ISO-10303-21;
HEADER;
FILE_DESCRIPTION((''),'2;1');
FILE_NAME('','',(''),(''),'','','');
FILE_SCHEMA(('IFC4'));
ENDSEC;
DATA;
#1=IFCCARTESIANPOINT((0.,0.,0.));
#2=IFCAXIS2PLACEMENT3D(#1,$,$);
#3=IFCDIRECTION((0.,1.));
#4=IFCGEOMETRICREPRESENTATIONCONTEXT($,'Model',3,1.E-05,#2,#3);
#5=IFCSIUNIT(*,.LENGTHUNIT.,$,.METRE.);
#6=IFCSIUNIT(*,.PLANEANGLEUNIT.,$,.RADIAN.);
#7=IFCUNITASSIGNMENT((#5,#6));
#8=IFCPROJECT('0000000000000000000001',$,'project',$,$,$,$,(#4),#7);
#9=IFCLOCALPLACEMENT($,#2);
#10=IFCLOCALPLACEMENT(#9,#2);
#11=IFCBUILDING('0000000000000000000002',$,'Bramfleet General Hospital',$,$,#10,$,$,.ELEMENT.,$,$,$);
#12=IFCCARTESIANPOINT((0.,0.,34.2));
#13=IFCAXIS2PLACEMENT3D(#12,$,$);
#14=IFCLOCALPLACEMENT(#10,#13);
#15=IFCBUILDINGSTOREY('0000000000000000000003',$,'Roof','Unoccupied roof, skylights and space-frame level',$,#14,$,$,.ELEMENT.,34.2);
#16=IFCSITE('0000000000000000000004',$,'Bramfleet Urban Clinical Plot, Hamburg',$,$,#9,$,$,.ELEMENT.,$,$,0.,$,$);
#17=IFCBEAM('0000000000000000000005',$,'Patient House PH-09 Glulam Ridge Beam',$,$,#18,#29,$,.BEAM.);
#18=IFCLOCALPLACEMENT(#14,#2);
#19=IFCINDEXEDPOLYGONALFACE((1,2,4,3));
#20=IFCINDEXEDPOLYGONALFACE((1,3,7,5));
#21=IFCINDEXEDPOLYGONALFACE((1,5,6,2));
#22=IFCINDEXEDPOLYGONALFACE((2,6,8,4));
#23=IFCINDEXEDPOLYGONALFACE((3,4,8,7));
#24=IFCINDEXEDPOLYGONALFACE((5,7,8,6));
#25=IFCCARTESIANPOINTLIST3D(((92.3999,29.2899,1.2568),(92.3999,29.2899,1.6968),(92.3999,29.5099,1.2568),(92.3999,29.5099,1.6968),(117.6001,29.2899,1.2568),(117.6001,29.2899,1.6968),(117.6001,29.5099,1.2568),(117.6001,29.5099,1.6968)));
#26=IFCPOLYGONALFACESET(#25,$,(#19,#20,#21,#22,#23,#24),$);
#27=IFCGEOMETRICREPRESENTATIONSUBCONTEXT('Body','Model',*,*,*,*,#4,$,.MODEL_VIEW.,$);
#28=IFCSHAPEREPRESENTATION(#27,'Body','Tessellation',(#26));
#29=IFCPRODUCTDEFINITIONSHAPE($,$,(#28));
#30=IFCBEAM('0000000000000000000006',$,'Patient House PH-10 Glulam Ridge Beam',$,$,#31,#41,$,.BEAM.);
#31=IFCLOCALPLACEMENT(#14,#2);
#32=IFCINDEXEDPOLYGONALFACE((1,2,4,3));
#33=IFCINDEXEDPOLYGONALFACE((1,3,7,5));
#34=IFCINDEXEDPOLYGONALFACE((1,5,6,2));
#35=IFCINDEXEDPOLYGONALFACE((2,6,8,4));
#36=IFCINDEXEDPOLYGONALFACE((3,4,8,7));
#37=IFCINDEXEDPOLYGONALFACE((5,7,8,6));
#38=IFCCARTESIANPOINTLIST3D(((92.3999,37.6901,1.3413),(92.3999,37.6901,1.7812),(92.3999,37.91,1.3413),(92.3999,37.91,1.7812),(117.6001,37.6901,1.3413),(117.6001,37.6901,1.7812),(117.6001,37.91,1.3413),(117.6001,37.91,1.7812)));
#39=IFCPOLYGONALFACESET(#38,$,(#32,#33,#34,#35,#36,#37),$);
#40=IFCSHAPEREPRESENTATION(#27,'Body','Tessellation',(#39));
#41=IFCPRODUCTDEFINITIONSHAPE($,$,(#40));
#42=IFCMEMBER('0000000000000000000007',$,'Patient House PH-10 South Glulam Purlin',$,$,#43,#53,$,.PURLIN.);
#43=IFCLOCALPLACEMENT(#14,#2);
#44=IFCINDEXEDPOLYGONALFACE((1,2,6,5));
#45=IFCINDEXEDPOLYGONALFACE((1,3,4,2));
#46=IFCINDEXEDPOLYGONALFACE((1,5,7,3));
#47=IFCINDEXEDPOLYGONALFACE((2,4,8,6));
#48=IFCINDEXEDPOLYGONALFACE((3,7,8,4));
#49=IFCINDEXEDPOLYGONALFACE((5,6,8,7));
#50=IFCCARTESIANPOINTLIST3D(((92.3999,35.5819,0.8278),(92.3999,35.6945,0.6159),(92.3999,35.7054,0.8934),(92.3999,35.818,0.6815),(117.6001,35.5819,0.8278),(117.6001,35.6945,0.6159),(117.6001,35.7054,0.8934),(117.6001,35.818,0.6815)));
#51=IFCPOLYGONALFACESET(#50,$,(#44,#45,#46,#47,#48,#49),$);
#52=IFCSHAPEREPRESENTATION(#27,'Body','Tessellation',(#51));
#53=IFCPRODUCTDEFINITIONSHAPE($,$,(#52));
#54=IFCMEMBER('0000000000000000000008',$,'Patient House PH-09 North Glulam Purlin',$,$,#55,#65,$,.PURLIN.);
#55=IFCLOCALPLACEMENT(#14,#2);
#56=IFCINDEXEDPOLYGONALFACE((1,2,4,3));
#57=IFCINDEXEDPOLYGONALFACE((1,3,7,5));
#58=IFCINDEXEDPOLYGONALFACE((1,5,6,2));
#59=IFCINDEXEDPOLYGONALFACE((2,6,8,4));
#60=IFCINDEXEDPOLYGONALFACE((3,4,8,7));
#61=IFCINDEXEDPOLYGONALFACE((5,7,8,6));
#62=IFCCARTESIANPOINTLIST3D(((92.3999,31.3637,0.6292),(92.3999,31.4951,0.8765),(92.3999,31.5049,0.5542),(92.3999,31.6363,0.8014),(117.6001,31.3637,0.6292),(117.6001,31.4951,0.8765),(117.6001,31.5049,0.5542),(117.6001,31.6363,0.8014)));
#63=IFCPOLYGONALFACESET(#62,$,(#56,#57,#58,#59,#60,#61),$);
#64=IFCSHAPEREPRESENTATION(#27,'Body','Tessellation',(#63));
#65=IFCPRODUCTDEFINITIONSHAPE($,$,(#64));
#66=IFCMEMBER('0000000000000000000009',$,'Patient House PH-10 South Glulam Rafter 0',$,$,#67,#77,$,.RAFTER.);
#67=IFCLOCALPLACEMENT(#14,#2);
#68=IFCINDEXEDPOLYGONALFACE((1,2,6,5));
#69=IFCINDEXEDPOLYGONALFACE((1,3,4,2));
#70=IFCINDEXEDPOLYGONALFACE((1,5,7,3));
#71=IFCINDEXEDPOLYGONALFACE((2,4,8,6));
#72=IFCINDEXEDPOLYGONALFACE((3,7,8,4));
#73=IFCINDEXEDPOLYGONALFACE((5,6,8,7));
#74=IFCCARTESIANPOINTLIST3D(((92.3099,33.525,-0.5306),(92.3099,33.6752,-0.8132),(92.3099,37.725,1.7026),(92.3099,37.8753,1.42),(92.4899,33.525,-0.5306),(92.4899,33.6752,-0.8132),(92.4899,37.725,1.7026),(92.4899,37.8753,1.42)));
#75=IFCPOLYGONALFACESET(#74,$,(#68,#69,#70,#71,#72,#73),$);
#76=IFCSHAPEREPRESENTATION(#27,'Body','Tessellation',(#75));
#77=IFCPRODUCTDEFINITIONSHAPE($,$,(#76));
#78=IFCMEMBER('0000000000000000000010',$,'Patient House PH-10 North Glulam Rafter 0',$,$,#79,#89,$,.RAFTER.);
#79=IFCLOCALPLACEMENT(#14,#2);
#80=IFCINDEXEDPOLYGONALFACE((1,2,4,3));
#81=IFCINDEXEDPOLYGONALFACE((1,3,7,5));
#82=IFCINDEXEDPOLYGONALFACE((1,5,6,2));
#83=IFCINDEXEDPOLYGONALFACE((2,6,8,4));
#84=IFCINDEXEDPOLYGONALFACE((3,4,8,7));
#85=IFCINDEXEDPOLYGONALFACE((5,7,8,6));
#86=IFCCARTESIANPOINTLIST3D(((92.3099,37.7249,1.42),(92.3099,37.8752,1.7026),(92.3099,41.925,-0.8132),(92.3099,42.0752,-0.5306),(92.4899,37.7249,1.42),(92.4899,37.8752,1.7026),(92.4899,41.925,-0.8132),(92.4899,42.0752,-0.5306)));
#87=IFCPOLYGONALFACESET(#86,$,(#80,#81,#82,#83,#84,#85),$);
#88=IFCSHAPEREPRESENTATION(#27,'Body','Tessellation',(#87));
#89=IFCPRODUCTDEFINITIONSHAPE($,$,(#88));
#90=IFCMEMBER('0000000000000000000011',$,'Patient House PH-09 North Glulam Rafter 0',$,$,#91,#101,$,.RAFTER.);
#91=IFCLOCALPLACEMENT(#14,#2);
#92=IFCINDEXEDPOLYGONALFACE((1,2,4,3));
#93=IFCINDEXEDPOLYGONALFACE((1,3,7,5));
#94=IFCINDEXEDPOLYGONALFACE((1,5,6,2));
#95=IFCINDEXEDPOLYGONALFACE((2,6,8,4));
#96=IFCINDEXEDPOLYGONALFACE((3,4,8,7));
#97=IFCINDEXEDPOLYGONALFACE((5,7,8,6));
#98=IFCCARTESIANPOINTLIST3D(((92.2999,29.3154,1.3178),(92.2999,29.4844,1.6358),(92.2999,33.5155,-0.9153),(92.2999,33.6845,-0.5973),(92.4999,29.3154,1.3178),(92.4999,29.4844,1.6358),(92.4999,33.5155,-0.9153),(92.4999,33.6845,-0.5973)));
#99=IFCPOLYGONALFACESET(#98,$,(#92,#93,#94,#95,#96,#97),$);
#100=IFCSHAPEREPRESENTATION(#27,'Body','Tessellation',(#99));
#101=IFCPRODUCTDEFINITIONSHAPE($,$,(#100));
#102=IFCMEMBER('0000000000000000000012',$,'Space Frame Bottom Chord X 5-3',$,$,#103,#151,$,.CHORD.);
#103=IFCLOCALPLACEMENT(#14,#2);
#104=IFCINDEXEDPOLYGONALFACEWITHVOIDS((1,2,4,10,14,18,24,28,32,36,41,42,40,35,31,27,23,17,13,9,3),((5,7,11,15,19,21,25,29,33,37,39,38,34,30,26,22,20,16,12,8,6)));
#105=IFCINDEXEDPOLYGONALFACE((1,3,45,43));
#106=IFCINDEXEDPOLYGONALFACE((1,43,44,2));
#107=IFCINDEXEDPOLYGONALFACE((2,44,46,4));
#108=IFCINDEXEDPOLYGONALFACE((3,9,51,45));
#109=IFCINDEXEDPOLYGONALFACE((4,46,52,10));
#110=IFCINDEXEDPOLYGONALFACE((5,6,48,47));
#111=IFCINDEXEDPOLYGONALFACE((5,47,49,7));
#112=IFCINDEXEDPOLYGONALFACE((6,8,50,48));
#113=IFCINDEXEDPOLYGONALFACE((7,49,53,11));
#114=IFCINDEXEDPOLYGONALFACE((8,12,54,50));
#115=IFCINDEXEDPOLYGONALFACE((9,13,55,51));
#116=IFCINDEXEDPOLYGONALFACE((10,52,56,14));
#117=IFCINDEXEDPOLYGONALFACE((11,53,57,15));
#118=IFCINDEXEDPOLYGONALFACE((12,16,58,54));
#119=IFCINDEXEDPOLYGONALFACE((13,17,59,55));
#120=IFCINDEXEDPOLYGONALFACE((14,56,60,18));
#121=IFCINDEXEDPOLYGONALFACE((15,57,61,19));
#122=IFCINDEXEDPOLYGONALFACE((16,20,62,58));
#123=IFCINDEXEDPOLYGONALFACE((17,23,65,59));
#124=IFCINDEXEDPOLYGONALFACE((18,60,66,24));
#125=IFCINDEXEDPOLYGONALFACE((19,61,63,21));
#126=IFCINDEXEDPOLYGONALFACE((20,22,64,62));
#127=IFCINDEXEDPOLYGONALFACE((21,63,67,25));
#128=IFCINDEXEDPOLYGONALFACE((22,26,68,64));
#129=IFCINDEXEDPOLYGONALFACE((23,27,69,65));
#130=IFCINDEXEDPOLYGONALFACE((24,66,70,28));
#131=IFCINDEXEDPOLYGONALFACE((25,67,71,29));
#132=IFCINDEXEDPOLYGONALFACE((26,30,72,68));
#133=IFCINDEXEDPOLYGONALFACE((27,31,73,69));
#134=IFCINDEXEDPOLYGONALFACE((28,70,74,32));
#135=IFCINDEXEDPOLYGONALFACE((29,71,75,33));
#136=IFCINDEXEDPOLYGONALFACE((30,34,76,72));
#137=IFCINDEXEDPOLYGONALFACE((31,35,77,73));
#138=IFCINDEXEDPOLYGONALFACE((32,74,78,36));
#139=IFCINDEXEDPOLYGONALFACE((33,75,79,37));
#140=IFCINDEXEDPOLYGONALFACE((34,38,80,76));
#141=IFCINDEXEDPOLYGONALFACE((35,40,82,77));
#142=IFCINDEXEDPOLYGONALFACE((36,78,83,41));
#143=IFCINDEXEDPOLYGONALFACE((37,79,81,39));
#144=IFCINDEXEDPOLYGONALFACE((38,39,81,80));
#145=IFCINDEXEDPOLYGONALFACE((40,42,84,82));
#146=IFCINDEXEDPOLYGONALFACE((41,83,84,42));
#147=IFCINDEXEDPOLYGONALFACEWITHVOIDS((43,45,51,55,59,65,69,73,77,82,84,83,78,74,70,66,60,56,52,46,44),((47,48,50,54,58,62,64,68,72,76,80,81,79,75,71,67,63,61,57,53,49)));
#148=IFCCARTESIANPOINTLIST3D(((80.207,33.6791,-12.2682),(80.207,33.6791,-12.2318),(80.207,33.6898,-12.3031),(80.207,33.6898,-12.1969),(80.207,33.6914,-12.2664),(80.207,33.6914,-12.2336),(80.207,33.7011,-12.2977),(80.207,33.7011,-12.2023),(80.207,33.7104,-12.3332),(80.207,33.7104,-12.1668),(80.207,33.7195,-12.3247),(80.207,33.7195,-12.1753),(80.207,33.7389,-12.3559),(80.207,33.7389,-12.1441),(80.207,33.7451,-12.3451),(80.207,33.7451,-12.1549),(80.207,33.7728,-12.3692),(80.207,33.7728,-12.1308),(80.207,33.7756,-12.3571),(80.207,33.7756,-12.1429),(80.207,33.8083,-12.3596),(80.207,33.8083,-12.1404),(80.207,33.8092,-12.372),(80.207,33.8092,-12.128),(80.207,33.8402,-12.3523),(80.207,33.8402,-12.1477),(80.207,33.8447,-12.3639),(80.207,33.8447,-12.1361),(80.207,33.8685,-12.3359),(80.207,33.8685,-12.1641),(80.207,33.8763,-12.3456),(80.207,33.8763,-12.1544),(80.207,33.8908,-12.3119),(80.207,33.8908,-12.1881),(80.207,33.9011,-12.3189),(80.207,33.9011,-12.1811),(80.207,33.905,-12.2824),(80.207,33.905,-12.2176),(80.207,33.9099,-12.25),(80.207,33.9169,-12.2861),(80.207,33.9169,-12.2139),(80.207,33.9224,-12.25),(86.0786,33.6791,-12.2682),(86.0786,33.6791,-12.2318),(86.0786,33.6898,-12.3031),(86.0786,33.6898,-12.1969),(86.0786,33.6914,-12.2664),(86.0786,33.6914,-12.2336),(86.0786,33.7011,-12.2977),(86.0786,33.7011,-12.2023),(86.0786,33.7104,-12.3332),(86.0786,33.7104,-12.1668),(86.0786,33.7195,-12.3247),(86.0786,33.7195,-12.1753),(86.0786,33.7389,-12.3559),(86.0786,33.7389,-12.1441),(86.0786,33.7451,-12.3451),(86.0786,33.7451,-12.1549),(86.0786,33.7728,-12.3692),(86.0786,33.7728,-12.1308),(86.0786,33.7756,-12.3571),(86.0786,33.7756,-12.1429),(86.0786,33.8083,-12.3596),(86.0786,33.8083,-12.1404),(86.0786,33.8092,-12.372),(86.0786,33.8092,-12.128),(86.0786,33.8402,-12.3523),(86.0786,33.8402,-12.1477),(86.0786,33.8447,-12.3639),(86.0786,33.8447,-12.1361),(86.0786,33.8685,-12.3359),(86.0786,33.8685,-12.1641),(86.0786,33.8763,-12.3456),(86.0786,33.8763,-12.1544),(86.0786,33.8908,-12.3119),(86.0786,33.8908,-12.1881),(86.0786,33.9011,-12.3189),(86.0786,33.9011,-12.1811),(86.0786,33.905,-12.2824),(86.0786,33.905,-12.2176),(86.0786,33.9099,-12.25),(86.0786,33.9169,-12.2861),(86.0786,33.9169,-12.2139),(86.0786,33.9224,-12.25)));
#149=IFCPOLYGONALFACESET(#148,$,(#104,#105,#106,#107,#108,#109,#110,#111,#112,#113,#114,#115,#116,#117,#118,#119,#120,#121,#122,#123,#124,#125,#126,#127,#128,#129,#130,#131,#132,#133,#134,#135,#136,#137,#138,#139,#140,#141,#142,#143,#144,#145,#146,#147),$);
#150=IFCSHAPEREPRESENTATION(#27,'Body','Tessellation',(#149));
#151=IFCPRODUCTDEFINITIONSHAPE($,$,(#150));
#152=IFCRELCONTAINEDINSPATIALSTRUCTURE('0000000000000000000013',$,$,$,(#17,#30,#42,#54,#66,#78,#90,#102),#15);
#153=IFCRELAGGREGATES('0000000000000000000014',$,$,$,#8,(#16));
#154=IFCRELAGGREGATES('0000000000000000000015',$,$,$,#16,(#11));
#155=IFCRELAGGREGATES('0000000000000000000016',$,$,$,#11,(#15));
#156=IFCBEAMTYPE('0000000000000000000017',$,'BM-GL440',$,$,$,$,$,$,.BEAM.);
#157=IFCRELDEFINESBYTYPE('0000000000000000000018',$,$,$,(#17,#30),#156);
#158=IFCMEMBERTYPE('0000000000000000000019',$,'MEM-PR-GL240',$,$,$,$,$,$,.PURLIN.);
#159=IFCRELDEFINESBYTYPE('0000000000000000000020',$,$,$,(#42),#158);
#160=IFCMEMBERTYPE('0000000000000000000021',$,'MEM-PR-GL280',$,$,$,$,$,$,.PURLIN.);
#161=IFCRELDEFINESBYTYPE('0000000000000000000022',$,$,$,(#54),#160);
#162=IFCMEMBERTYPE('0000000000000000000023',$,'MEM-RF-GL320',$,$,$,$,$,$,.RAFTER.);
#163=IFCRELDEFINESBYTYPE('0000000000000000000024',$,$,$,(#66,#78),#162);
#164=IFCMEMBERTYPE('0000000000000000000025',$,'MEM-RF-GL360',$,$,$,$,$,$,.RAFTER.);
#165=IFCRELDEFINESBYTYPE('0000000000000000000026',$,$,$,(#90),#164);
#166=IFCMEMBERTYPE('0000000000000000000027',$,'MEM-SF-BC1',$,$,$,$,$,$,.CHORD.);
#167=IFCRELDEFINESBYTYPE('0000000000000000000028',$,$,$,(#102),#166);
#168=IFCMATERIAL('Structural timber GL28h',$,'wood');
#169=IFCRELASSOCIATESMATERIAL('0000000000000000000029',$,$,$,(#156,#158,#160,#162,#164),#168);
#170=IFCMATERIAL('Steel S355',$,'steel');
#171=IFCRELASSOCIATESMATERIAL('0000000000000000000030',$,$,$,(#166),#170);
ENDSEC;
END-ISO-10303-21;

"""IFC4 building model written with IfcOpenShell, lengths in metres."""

from ifc_helpers import new_model, si_unit, direction, frame, origin, origin_2d, place, context, subcontext, project, spatial, rectangle, hollow_circle, extrude, material, material_profile, profile_set, type_object, element, save


model = new_model("IFC4")

# Units and contexts
model_context = context("Model", 3, precision=1e-05, world=origin(), true_north=direction((0.0, 1.0)))
body_context = subcontext(model_context, "Body", "Model", "MODEL_VIEW")
ifc_project = project(units=[si_unit("LENGTHUNIT", "METRE"), si_unit("PLANEANGLEUNIT", "RADIAN")], contexts=[model_context])

# Site, building, storey
site_placement = place(None, origin())
site = spatial("IfcSite", under=ifc_project, at=site_placement, Name="Bramfleet Urban Clinical Plot, Hamburg", CompositionType="ELEMENT", RefElevation=0.0)
building_placement = place(site_placement, origin())
building = spatial("IfcBuilding", under=site, at=building_placement, Name="Bramfleet General Hospital", CompositionType="ELEMENT")
storey_placement = place(building_placement, frame((0.0, 0.0, 34.2)))
storey = spatial("IfcBuildingStorey", under=building, at=storey_placement, Name="Roof", Description="Unoccupied roof, skylights and space-frame level", CompositionType="ELEMENT", Elevation=34.2)

# Beams
ifc_material_1 = material(Name="Structural timber GL28h", Category="wood")
ifc_material_profile_1 = material_profile(ifc_material_1, rectangle(XDim=0.22, YDim=0.4399, at=origin_2d()), Name="GL28h 440x220")
ifc_profile_set_1 = profile_set([ifc_material_profile_1], Name="Structural timber GL28h")
beam_type = type_object("IfcBeamType", Name="BM-GL440", PredefinedType="BEAM", material=ifc_profile_set_1)
for number, where, z_axis, x_axis, name in (
    (1, (92.3999, 29.3999, 1.4768), (1.0, 0.0, 0.0), (0.0, 1.0, 0.0), "Patient House PH-09 Glulam Ridge Beam"),
    (2, (92.3999, 37.8, 1.5613), (1.0, 0.0, 0.0), (0.0, 1.0, 0.0), "Patient House PH-10 Glulam Ridge Beam"),
):
    element("IfcBeam", number, at=place(storey_placement, frame(where, z_axis=z_axis, x_axis=x_axis)), inside=storey, type_object=beam_type, Name=name, PredefinedType="BEAM", context=body_context, shape_type="SweptSolid", body=[
        extrude(rectangle(XDim=0.22, YDim=0.4399, at=origin_2d()), origin(), (0.0, 0.0, 1.0), 25.2002),
    ])

# Members
ifc_material_profile_2 = material_profile(ifc_material_1, rectangle(XDim=0.1399, YDim=0.24, at=origin_2d()), Name="GL28h 240x140")
ifc_profile_set_2 = profile_set([ifc_material_profile_2], Name="Structural timber GL28h")
member_type_1 = type_object("IfcMemberType", Name="MEM-PR-GL240", PredefinedType="PURLIN", material=ifc_profile_set_2)
member_1_placement = place(storey_placement, frame((92.3999, 35.7, 0.7546), z_axis=(1.0, 0.0, 0.0), x_axis=(0.0, 0.882948, 0.469472)))
element("IfcMember", 3, at=member_1_placement, inside=storey, type_object=member_type_1, Name="Patient House PH-10 South Glulam Purlin", PredefinedType="PURLIN", context=body_context, shape_type="SweptSolid", body=[
    extrude(rectangle(XDim=0.1399, YDim=0.24, at=origin_2d()), origin(), (0.0, 0.0, 1.0), 25.2002),
])
ifc_material_profile_3 = material_profile(ifc_material_1, rectangle(XDim=0.1599, YDim=0.28, at=origin_2d()), Name="GL28h 280x160")
ifc_profile_set_3 = profile_set([ifc_material_profile_3], Name="Structural timber GL28h")
member_type_2 = type_object("IfcMemberType", Name="MEM-PR-GL280", PredefinedType="PURLIN", material=ifc_profile_set_3)
member_2_placement = place(storey_placement, frame((92.3999, 31.5, 0.7153), z_axis=(1.0, 0.0, 0.0), x_axis=(0.0, 0.882948, -0.469472)))
element("IfcMember", 4, at=member_2_placement, inside=storey, type_object=member_type_2, Name="Patient House PH-09 North Glulam Purlin", PredefinedType="PURLIN", context=body_context, shape_type="SweptSolid", body=[
    extrude(rectangle(XDim=0.1599, YDim=0.28, at=origin_2d()), origin(), (0.0, 0.0, 1.0), 25.2002),
])
ifc_material_profile_4 = material_profile(ifc_material_1, rectangle(XDim=0.1799, YDim=0.3201, at=origin_2d()), Name="GL28h 320x180")
ifc_profile_set_4 = profile_set([ifc_material_profile_4], Name="Structural timber GL28h")
member_type_3 = type_object("IfcMemberType", Name="MEM-RF-GL320", PredefinedType="RAFTER", material=ifc_profile_set_4)
for number, where, z_axis, x_axis, name in (
    (5, (92.3999, 33.6001, -0.6719), (0.0, 0.882948, 0.469472), (-1.0, 0.0, 0.0), "Patient House PH-10 South Glulam Rafter 0"),
    (6, (92.3999, 37.8, 1.5613), (0.0, 0.882948, -0.469472), (-1.0, 0.0, 0.0), "Patient House PH-10 North Glulam Rafter 0"),
):
    element("IfcMember", number, at=place(storey_placement, frame(where, z_axis=z_axis, x_axis=x_axis)), inside=storey, type_object=member_type_3, Name=name, PredefinedType="RAFTER", context=body_context, shape_type="SweptSolid", body=[
        extrude(rectangle(XDim=0.1799, YDim=0.3201, at=origin_2d()), origin(), (0.0, 0.0, 1.0), 4.7568),
    ])
ifc_material_profile_5 = material_profile(ifc_material_1, rectangle(XDim=0.2, YDim=0.3601, at=origin_2d()), Name="GL28h 360x200")
ifc_profile_set_5 = profile_set([ifc_material_profile_5], Name="Structural timber GL28h")
member_type_4 = type_object("IfcMemberType", Name="MEM-RF-GL360", PredefinedType="RAFTER", material=ifc_profile_set_5)
member_3_placement = place(storey_placement, frame((92.3999, 29.3999, 1.4768), z_axis=(0.0, 0.882959, -0.46945), x_axis=(-1.0, 0.0, 0.0)))
element("IfcMember", 7, at=member_3_placement, inside=storey, type_object=member_type_4, Name="Patient House PH-09 North Glulam Rafter 0", PredefinedType="RAFTER", context=body_context, shape_type="SweptSolid", body=[
    extrude(rectangle(XDim=0.2, YDim=0.3601, at=origin_2d()), origin(), (0.0, 0.0, 1.0), 4.7568),
])
ifc_material_2 = material(Name="Steel S355", Category="steel")
ifc_material_profile_6 = material_profile(ifc_material_2, hollow_circle(Radius=0.1223, WallThickness=0.0125, at=origin_2d()), Name="CHS 244.5x12.5")
ifc_profile_set_6 = profile_set([ifc_material_profile_6], Name="Steel S355")
member_type_5 = type_object("IfcMemberType", Name="MEM-SF-BC1", PredefinedType="CHORD", material=ifc_profile_set_6)
for number, where, z_axis, x_axis, name in (
    (8, (80.207, 33.8, -12.25), (1.0, 0.0, 0.0), (0.0, 1.0, 0.0), "Space Frame Bottom Chord X 5-3"),
):
    element("IfcMember", number, at=place(storey_placement, frame(where, z_axis=z_axis, x_axis=x_axis)), inside=storey, type_object=member_type_5, Name=name, PredefinedType="CHORD", context=body_context, shape_type="SweptSolid", body=[
        extrude(hollow_circle(Radius=0.1223, WallThickness=0.0125, at=origin_2d()), origin(), (0.0, 0.0, 1.0), 5.8716),
    ])

save(model, "model.ifc")
